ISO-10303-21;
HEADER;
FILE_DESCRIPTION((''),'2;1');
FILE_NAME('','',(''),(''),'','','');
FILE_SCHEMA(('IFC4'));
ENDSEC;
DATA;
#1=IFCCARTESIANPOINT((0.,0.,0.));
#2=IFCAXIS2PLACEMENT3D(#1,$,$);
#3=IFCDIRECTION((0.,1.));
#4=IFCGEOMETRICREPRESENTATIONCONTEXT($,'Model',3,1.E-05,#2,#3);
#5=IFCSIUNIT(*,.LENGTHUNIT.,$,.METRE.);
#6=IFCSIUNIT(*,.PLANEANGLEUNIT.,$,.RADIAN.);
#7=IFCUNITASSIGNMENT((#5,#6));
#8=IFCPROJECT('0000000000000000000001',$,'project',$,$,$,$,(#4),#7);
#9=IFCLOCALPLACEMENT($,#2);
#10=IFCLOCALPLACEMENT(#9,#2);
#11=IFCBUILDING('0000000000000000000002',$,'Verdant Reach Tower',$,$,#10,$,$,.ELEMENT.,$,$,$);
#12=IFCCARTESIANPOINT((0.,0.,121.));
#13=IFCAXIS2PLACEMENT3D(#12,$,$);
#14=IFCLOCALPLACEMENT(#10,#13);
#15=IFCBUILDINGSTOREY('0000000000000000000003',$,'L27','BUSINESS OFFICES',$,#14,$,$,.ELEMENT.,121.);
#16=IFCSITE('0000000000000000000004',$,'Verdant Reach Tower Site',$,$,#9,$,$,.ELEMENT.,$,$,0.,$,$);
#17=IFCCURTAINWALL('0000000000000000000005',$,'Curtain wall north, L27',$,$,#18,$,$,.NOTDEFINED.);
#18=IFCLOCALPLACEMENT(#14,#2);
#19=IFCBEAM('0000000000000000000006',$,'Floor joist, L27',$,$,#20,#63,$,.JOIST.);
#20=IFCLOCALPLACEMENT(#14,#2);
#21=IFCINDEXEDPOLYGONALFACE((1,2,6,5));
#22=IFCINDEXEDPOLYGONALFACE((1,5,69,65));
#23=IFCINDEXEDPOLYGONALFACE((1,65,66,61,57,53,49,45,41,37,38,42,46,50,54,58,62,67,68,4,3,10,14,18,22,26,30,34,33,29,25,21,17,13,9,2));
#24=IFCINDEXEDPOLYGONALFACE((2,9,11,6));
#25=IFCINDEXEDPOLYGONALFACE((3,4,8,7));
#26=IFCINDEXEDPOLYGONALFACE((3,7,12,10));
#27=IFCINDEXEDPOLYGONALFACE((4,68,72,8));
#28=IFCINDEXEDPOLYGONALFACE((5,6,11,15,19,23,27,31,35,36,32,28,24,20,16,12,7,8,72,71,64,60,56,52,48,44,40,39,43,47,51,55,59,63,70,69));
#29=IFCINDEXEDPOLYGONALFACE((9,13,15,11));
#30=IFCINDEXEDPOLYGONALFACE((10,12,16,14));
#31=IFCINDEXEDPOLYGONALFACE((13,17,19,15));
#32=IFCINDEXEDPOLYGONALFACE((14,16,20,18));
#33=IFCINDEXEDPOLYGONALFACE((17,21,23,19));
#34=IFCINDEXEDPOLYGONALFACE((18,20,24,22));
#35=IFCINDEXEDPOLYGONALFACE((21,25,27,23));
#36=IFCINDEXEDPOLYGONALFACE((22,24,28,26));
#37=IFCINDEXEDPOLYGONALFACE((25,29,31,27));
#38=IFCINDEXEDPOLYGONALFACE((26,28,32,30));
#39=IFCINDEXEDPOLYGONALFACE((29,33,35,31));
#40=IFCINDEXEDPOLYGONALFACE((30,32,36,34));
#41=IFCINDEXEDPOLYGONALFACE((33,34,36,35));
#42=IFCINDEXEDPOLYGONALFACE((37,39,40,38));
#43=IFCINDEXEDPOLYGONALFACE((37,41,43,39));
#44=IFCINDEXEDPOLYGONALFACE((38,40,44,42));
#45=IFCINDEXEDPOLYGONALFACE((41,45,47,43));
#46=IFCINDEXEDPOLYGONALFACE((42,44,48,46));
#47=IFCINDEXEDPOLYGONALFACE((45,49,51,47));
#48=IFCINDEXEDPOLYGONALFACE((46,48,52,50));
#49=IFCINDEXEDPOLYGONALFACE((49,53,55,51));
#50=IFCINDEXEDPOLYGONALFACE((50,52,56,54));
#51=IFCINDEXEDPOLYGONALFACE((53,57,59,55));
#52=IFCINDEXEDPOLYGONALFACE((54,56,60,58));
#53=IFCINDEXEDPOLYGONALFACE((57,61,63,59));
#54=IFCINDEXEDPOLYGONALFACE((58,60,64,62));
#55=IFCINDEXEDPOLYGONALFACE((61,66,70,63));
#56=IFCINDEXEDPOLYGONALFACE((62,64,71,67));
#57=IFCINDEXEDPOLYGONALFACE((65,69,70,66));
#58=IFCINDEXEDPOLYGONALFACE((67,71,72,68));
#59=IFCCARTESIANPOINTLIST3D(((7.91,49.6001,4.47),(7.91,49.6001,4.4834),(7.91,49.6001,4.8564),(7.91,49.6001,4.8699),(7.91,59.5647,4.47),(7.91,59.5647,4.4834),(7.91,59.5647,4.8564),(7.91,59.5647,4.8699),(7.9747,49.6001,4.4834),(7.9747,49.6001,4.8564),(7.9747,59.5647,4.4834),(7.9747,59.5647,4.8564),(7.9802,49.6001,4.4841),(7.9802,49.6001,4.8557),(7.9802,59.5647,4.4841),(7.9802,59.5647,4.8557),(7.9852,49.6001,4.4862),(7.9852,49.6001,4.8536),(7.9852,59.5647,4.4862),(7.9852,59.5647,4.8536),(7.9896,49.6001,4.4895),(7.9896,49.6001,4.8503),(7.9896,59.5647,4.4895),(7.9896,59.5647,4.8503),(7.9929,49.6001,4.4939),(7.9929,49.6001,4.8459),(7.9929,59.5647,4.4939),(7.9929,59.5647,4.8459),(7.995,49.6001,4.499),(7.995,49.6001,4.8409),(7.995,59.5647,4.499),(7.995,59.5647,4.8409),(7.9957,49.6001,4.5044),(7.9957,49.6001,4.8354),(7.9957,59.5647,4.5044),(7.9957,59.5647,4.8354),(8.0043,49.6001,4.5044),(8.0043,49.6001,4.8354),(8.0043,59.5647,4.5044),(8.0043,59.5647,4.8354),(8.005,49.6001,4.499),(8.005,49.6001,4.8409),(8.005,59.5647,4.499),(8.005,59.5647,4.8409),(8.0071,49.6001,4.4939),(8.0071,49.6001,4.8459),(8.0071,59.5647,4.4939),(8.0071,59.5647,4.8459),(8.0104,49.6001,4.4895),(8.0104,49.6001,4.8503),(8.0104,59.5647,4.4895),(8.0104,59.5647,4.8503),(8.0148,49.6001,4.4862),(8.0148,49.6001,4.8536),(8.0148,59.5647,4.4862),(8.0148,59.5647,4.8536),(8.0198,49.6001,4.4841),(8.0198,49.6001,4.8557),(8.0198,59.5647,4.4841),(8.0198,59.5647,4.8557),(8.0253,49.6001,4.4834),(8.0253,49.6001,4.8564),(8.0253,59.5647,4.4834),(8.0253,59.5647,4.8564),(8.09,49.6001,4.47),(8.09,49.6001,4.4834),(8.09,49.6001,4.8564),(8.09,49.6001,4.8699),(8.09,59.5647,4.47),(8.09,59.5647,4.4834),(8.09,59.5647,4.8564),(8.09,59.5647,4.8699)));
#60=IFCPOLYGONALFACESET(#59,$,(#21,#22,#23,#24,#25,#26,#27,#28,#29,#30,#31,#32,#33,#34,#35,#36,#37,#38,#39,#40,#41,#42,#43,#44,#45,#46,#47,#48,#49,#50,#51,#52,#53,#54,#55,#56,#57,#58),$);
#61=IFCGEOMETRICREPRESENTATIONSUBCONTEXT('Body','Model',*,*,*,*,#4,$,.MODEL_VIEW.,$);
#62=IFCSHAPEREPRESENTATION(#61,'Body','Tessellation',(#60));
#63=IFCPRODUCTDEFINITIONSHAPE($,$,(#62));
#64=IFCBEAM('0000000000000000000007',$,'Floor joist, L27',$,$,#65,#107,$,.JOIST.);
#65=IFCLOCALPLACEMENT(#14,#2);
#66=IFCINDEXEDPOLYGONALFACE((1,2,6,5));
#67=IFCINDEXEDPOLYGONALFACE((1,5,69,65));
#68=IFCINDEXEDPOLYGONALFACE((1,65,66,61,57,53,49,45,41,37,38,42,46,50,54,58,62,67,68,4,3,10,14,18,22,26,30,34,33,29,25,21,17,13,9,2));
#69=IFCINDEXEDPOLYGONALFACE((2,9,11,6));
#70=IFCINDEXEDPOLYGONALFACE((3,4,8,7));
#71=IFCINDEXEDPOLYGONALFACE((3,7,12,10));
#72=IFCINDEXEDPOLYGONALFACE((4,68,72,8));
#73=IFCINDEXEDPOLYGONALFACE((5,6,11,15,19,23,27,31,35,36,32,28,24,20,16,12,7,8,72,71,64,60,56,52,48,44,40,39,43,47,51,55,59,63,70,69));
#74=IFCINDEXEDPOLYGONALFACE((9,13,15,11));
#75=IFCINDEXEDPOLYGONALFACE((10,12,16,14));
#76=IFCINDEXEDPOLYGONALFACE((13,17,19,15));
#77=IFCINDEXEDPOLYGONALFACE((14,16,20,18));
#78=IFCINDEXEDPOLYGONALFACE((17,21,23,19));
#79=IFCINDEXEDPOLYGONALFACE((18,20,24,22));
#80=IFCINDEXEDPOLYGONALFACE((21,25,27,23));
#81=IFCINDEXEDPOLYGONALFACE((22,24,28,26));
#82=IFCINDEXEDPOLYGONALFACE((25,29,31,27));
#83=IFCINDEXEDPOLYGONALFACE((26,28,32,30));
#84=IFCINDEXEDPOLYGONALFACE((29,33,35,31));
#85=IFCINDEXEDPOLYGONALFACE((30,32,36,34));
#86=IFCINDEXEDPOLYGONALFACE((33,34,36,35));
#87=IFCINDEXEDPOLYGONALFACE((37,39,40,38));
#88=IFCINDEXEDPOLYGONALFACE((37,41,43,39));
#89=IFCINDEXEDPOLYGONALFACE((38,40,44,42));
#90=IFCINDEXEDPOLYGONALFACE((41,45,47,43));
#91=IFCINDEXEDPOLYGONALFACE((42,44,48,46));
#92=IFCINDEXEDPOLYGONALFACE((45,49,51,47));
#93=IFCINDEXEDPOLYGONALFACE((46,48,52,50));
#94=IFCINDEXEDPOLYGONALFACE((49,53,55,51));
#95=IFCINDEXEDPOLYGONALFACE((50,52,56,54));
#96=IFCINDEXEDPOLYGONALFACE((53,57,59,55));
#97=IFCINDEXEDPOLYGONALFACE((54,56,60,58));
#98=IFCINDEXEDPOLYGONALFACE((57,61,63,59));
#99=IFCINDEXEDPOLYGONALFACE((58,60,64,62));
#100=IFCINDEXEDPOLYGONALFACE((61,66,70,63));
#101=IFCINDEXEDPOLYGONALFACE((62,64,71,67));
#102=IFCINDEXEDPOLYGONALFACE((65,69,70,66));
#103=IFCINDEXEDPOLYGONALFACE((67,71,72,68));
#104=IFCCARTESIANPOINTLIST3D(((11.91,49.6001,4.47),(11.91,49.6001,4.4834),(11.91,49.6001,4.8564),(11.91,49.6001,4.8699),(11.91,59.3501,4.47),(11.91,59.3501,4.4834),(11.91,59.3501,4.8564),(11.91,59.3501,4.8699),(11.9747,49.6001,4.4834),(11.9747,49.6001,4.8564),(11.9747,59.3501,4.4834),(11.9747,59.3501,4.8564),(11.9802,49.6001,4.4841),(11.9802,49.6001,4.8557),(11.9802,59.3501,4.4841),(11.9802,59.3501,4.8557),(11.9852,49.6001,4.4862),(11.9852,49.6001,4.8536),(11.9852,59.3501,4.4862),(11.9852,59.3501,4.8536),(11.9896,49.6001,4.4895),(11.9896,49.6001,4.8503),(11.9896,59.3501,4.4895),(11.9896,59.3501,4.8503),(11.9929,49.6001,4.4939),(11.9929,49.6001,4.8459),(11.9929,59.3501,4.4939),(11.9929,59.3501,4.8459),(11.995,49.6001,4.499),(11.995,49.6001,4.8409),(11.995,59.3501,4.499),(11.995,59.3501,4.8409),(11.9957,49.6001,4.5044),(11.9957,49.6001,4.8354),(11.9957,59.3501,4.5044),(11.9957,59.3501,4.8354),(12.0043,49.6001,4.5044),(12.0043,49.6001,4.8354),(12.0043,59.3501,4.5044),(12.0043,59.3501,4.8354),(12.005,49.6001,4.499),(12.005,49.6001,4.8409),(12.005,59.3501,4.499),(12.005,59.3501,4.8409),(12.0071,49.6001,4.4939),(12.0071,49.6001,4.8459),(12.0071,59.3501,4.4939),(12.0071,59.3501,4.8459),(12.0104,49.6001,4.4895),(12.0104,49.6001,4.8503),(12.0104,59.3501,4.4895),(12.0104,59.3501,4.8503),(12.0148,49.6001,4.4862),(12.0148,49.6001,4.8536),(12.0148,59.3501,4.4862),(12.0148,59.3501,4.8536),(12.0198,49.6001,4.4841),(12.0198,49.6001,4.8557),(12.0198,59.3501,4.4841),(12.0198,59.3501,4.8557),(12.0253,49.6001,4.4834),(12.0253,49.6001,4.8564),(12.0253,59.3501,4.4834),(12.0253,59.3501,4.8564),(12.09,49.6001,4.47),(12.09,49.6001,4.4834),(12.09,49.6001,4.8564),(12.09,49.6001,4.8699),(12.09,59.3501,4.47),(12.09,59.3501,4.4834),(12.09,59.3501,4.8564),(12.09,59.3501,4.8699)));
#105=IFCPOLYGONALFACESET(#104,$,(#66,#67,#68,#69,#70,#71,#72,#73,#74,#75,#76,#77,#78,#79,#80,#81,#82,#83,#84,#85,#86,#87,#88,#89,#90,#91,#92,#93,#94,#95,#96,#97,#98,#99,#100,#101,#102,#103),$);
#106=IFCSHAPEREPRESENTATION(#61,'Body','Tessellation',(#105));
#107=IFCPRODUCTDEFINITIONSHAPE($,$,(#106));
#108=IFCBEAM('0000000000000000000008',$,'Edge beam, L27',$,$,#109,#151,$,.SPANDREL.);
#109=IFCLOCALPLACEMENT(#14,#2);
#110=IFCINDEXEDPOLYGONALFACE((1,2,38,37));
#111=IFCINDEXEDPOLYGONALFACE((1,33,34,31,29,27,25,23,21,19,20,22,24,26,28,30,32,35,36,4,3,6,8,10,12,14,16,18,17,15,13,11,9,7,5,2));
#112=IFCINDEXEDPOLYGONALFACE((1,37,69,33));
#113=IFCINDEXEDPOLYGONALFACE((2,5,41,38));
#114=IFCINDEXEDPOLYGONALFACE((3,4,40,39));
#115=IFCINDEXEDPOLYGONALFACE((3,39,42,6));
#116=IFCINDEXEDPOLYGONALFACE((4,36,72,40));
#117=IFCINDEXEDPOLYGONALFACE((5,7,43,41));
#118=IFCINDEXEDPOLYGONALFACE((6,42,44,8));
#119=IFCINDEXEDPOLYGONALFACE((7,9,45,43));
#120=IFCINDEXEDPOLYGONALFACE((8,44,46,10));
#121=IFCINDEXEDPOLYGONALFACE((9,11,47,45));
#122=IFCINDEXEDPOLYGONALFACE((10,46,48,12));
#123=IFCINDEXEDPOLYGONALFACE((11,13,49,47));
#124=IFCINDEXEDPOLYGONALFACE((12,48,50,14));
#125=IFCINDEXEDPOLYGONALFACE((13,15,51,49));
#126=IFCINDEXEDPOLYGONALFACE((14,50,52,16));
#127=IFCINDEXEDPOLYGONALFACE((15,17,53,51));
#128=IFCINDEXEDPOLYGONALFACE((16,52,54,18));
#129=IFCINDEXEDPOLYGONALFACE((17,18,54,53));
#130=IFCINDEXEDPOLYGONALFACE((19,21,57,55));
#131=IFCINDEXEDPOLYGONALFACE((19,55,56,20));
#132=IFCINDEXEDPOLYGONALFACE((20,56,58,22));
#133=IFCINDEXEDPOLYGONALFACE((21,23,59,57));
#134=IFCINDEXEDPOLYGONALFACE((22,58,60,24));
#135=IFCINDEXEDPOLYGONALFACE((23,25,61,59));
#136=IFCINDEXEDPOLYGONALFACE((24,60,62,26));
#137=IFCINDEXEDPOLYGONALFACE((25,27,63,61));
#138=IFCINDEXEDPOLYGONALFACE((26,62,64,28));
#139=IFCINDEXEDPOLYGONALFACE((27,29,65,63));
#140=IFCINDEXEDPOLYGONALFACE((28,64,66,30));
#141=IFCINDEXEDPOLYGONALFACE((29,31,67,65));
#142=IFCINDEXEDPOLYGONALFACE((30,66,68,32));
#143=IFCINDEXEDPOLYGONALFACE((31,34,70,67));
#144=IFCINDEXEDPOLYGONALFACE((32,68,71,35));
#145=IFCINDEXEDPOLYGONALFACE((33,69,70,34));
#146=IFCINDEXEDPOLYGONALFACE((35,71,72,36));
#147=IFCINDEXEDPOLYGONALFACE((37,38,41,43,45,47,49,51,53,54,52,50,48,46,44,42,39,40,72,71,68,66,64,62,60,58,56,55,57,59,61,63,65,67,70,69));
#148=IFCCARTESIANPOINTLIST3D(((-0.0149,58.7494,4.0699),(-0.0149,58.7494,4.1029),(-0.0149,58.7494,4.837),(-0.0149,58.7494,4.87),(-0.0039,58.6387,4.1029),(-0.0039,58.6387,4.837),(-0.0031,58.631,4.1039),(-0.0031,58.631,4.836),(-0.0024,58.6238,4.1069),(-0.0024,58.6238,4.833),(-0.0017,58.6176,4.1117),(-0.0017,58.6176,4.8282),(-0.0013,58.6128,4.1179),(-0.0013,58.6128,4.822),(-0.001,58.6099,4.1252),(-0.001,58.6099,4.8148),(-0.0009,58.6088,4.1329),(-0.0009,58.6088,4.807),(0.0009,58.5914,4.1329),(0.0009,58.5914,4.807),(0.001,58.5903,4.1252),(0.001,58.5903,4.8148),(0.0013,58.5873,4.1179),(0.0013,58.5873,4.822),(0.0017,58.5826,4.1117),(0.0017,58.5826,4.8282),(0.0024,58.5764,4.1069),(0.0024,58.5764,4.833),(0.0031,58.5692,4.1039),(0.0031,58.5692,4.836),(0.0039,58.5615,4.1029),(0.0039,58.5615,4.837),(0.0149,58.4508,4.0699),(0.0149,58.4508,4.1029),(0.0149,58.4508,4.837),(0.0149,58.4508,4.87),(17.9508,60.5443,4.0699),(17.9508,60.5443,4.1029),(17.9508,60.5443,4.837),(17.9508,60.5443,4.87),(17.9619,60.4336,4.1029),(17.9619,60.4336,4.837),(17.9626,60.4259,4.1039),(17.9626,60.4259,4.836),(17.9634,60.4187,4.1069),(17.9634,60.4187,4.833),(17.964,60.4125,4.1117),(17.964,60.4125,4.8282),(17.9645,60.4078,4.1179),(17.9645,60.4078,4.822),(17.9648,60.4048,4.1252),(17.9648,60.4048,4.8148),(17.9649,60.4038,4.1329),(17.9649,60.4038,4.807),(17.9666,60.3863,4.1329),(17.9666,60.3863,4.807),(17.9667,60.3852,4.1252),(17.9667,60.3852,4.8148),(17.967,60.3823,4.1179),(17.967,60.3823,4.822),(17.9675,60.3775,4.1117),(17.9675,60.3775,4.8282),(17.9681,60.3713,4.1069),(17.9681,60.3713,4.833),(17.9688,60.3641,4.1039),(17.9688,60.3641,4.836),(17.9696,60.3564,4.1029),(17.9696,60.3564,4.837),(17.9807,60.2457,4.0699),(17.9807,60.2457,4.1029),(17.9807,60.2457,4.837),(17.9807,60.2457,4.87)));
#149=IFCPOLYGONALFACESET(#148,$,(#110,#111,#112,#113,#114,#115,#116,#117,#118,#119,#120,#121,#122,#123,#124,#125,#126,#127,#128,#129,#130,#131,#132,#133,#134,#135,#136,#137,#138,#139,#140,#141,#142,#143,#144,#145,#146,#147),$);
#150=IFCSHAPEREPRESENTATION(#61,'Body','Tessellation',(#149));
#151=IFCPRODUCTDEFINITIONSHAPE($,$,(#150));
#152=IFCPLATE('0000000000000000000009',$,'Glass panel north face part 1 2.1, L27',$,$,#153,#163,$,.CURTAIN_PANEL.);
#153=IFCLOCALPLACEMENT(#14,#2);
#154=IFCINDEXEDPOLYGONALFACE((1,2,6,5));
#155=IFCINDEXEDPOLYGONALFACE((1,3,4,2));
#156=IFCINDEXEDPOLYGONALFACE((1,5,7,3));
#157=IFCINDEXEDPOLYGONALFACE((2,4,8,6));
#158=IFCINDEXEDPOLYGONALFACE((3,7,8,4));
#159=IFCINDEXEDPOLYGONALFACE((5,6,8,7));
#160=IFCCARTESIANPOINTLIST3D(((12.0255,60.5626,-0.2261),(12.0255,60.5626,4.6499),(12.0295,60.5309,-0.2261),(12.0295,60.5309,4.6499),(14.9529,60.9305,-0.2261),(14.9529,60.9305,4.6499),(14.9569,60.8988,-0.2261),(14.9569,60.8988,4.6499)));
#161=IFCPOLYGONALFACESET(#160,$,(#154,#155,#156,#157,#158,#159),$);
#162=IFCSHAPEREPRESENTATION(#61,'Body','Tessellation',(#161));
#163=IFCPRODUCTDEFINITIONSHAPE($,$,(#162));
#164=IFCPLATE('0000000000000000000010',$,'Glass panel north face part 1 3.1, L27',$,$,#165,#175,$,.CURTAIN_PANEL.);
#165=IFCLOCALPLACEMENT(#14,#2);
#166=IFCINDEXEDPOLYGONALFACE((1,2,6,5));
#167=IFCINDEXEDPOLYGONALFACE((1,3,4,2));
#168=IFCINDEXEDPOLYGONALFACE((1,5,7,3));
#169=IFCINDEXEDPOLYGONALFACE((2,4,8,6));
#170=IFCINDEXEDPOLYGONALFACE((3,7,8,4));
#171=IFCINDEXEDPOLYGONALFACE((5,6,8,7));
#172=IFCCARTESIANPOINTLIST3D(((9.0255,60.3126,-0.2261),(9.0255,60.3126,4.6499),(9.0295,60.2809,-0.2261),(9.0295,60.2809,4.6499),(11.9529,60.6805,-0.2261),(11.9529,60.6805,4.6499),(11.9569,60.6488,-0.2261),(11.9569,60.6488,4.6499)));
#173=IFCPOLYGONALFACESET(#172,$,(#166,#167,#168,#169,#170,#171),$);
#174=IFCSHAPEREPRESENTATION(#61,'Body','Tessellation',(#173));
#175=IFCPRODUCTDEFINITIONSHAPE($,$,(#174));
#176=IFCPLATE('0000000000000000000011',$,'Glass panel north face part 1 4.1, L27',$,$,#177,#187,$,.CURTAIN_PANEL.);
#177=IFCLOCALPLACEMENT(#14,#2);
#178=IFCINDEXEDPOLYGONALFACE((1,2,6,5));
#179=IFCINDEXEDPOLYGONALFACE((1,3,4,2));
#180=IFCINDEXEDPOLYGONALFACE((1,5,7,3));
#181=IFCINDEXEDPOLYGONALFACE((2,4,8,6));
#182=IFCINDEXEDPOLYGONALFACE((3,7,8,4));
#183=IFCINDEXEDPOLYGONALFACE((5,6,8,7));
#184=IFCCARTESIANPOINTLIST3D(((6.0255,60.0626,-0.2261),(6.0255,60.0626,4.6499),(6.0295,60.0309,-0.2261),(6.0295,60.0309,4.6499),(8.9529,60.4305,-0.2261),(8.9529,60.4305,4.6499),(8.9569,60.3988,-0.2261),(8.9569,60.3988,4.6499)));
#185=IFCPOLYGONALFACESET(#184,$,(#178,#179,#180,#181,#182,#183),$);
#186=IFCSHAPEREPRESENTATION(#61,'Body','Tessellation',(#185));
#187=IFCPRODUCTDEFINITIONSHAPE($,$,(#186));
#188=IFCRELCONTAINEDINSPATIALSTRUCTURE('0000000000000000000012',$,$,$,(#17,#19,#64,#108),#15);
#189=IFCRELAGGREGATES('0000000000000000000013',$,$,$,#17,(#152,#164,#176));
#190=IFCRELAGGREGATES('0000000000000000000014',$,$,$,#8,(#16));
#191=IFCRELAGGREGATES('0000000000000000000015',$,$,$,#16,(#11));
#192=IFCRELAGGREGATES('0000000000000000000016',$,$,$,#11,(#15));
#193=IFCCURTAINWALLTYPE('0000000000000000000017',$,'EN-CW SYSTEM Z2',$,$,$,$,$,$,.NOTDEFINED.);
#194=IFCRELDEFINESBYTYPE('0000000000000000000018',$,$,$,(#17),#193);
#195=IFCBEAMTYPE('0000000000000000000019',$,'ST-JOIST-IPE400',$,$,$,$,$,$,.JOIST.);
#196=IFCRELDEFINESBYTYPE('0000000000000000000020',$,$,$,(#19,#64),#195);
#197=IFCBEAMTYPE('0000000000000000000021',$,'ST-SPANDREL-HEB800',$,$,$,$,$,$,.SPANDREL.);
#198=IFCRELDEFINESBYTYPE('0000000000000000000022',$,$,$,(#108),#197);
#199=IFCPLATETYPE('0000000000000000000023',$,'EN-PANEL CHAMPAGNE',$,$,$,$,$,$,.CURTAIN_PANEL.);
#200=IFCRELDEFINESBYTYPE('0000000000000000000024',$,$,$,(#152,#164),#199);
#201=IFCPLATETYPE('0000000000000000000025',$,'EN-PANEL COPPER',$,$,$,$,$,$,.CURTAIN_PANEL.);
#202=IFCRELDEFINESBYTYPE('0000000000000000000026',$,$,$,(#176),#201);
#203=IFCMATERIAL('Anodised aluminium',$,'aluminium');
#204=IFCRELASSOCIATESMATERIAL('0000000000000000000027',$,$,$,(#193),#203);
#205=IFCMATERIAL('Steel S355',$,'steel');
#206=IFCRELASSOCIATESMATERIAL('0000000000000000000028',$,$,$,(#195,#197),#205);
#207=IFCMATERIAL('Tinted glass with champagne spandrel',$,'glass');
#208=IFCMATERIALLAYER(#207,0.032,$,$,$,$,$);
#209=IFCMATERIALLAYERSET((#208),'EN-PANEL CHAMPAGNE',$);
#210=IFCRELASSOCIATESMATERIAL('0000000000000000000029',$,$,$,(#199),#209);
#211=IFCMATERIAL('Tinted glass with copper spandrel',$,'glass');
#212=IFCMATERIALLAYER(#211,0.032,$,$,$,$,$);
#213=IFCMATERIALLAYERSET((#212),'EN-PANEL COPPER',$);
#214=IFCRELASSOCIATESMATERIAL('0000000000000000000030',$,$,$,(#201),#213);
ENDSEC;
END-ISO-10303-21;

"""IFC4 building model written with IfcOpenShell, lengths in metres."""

from ifc_helpers import new_model, si_unit, direction, frame, origin, origin_2d, place, context, subcontext, project, spatial, rectangle, i_section, extrude, material, layer, layer_set, material_profile, profile_set, type_object, element, aggregate, save


model = new_model("IFC4")

# Units and contexts
model_context = context("Model", 3, precision=1e-05, world=origin(), true_north=direction((0.0, 1.0)))
body_context = subcontext(model_context, "Body", "Model", "MODEL_VIEW")
ifc_project = project(units=[si_unit("LENGTHUNIT", "METRE"), si_unit("PLANEANGLEUNIT", "RADIAN")], contexts=[model_context])

# Site, building, storey
site_placement = place(None, origin())
site = spatial("IfcSite", under=ifc_project, at=site_placement, Name="Verdant Reach Tower Site", CompositionType="ELEMENT", RefElevation=0.0)
building_placement = place(site_placement, origin())
building = spatial("IfcBuilding", under=site, at=building_placement, Name="Verdant Reach Tower", CompositionType="ELEMENT")
storey_placement = place(building_placement, frame((0.0, 0.0, 121.0)))
storey = spatial("IfcBuildingStorey", under=building, at=storey_placement, Name="L27", Description="BUSINESS OFFICES", CompositionType="ELEMENT", Elevation=121.0)

# Curtain wall
ifc_material_1 = material(Name="Anodised aluminium", Category="aluminium")
curtain_wall_type = type_object("IfcCurtainWallType", Name="EN-CW SYSTEM Z2", PredefinedType="NOTDEFINED", material=ifc_material_1)
curtain_wall_placement = place(storey_placement, origin())
curtain_wall = element("IfcCurtainWall", 1, at=curtain_wall_placement, inside=storey, type_object=curtain_wall_type, Name="Curtain wall north, L27", PredefinedType="NOTDEFINED")

# Beams
ifc_material_2 = material(Name="Steel S355", Category="steel")
ifc_material_profile_1 = material_profile(ifc_material_2, i_section(OverallWidth=0.1799, OverallDepth=0.3999, WebThickness=0.0085, FlangeThickness=0.0134, FilletRadius=0.021, at=origin_2d()), Name="IPE 400")
ifc_profile_set_1 = profile_set([ifc_material_profile_1], Name="Steel S355")
beam_type_1 = type_object("IfcBeamType", Name="ST-JOIST-IPE400", PredefinedType="JOIST", material=ifc_profile_set_1)
beam_1_placement = place(storey_placement, frame((8.0, 49.6001, 4.6699), z_axis=(0.0, 1.0, 0.0), x_axis=(-1.0, 0.0, 0.0)))
element("IfcBeam", 2, at=beam_1_placement, inside=storey, type_object=beam_type_1, Name="Floor joist, L27", PredefinedType="JOIST", context=body_context, shape_type="SweptSolid", body=[
    extrude(i_section(OverallWidth=0.1799, OverallDepth=0.3999, WebThickness=0.0085, FlangeThickness=0.0134, FilletRadius=0.021, at=origin_2d()), origin(), (0.0, 0.0, 1.0), 9.9646),
])
beam_2_placement = place(storey_placement, frame((12.0, 49.6001, 4.6699), z_axis=(0.0, 1.0, 0.0), x_axis=(-1.0, 0.0, 0.0)))
element("IfcBeam", 3, at=beam_2_placement, inside=storey, type_object=beam_type_1, Name="Floor joist, L27", PredefinedType="JOIST", context=body_context, shape_type="SweptSolid", body=[
    extrude(i_section(OverallWidth=0.1799, OverallDepth=0.3999, WebThickness=0.0085, FlangeThickness=0.0134, FilletRadius=0.021, at=origin_2d()), origin(), (0.0, 0.0, 1.0), 9.75),
])
ifc_material_profile_2 = material_profile(ifc_material_2, i_section(OverallWidth=0.3, OverallDepth=0.8, WebThickness=0.0176, FlangeThickness=0.033, FilletRadius=0.03, at=origin_2d()), Name="HEB 800")
ifc_profile_set_2 = profile_set([ifc_material_profile_2], Name="Steel S355")
beam_type_2 = type_object("IfcBeamType", Name="ST-SPANDREL-HEB800", PredefinedType="SPANDREL", material=ifc_profile_set_2)
beam_3_placement = place(storey_placement, frame((0.0, 58.6001, 4.47), z_axis=(0.995046, 0.099413, 0.0), x_axis=(-0.099413, 0.995046, 0.0)))
element("IfcBeam", 4, at=beam_3_placement, inside=storey, type_object=beam_type_2, Name="Edge beam, L27", PredefinedType="SPANDREL", context=body_context, shape_type="SweptSolid", body=[
    extrude(i_section(OverallWidth=0.3, OverallDepth=0.8, WebThickness=0.0176, FlangeThickness=0.033, FilletRadius=0.03, at=origin_2d()), origin(), (0.0, 0.0, 1.0), 18.0552),
])

# Plates
ifc_material_3 = material(Name="Tinted glass with champagne spandrel", Category="glass")
ifc_layer_1 = layer(ifc_material_3, 0.032)
ifc_layer_set_1 = layer_set([ifc_layer_1], Name="EN-PANEL CHAMPAGNE")
plate_type_1 = type_object("IfcPlateType", Name="EN-PANEL CHAMPAGNE", PredefinedType="CURTAIN_PANEL", material=ifc_layer_set_1)
plate_1_placement = place(storey_placement, frame((13.4912, 60.7307, -0.2261), z_axis=(0.0, 0.0, 1.0), x_axis=(-0.992194, -0.124704, 0.0)))
plate_1 = element("IfcPlate", 5, at=plate_1_placement, type_object=plate_type_1, Name="Glass panel north face part 1 2.1, L27", PredefinedType="CURTAIN_PANEL", context=body_context, shape_type="SweptSolid", body=[
    extrude(rectangle(XDim=2.9504, YDim=0.032, at=origin_2d()), origin(), (0.0, 0.0, 1.0), 4.876),
])
plate_2_placement = place(storey_placement, frame((10.4912, 60.4807, -0.2261), z_axis=(0.0, 0.0, 1.0), x_axis=(-0.992194, -0.124704, 0.0)))
plate_2 = element("IfcPlate", 6, at=plate_2_placement, type_object=plate_type_1, Name="Glass panel north face part 1 3.1, L27", PredefinedType="CURTAIN_PANEL", context=body_context, shape_type="SweptSolid", body=[
    extrude(rectangle(XDim=2.9504, YDim=0.032, at=origin_2d()), origin(), (0.0, 0.0, 1.0), 4.876),
])
ifc_material_4 = material(Name="Tinted glass with copper spandrel", Category="glass")
ifc_layer_2 = layer(ifc_material_4, 0.032)
ifc_layer_set_2 = layer_set([ifc_layer_2], Name="EN-PANEL COPPER")
plate_type_2 = type_object("IfcPlateType", Name="EN-PANEL COPPER", PredefinedType="CURTAIN_PANEL", material=ifc_layer_set_2)
plate_3_placement = place(storey_placement, frame((7.4912, 60.2307, -0.2261), z_axis=(0.0, 0.0, 1.0), x_axis=(-0.992194, -0.124704, 0.0)))
plate_3 = element("IfcPlate", 7, at=plate_3_placement, type_object=plate_type_2, Name="Glass panel north face part 1 4.1, L27", PredefinedType="CURTAIN_PANEL", context=body_context, shape_type="SweptSolid", body=[
    extrude(rectangle(XDim=2.9504, YDim=0.032, at=origin_2d()), origin(), (0.0, 0.0, 1.0), 4.876),
])
aggregate(curtain_wall, [plate_1, plate_2, plate_3])

save(model, "model.ifc")
